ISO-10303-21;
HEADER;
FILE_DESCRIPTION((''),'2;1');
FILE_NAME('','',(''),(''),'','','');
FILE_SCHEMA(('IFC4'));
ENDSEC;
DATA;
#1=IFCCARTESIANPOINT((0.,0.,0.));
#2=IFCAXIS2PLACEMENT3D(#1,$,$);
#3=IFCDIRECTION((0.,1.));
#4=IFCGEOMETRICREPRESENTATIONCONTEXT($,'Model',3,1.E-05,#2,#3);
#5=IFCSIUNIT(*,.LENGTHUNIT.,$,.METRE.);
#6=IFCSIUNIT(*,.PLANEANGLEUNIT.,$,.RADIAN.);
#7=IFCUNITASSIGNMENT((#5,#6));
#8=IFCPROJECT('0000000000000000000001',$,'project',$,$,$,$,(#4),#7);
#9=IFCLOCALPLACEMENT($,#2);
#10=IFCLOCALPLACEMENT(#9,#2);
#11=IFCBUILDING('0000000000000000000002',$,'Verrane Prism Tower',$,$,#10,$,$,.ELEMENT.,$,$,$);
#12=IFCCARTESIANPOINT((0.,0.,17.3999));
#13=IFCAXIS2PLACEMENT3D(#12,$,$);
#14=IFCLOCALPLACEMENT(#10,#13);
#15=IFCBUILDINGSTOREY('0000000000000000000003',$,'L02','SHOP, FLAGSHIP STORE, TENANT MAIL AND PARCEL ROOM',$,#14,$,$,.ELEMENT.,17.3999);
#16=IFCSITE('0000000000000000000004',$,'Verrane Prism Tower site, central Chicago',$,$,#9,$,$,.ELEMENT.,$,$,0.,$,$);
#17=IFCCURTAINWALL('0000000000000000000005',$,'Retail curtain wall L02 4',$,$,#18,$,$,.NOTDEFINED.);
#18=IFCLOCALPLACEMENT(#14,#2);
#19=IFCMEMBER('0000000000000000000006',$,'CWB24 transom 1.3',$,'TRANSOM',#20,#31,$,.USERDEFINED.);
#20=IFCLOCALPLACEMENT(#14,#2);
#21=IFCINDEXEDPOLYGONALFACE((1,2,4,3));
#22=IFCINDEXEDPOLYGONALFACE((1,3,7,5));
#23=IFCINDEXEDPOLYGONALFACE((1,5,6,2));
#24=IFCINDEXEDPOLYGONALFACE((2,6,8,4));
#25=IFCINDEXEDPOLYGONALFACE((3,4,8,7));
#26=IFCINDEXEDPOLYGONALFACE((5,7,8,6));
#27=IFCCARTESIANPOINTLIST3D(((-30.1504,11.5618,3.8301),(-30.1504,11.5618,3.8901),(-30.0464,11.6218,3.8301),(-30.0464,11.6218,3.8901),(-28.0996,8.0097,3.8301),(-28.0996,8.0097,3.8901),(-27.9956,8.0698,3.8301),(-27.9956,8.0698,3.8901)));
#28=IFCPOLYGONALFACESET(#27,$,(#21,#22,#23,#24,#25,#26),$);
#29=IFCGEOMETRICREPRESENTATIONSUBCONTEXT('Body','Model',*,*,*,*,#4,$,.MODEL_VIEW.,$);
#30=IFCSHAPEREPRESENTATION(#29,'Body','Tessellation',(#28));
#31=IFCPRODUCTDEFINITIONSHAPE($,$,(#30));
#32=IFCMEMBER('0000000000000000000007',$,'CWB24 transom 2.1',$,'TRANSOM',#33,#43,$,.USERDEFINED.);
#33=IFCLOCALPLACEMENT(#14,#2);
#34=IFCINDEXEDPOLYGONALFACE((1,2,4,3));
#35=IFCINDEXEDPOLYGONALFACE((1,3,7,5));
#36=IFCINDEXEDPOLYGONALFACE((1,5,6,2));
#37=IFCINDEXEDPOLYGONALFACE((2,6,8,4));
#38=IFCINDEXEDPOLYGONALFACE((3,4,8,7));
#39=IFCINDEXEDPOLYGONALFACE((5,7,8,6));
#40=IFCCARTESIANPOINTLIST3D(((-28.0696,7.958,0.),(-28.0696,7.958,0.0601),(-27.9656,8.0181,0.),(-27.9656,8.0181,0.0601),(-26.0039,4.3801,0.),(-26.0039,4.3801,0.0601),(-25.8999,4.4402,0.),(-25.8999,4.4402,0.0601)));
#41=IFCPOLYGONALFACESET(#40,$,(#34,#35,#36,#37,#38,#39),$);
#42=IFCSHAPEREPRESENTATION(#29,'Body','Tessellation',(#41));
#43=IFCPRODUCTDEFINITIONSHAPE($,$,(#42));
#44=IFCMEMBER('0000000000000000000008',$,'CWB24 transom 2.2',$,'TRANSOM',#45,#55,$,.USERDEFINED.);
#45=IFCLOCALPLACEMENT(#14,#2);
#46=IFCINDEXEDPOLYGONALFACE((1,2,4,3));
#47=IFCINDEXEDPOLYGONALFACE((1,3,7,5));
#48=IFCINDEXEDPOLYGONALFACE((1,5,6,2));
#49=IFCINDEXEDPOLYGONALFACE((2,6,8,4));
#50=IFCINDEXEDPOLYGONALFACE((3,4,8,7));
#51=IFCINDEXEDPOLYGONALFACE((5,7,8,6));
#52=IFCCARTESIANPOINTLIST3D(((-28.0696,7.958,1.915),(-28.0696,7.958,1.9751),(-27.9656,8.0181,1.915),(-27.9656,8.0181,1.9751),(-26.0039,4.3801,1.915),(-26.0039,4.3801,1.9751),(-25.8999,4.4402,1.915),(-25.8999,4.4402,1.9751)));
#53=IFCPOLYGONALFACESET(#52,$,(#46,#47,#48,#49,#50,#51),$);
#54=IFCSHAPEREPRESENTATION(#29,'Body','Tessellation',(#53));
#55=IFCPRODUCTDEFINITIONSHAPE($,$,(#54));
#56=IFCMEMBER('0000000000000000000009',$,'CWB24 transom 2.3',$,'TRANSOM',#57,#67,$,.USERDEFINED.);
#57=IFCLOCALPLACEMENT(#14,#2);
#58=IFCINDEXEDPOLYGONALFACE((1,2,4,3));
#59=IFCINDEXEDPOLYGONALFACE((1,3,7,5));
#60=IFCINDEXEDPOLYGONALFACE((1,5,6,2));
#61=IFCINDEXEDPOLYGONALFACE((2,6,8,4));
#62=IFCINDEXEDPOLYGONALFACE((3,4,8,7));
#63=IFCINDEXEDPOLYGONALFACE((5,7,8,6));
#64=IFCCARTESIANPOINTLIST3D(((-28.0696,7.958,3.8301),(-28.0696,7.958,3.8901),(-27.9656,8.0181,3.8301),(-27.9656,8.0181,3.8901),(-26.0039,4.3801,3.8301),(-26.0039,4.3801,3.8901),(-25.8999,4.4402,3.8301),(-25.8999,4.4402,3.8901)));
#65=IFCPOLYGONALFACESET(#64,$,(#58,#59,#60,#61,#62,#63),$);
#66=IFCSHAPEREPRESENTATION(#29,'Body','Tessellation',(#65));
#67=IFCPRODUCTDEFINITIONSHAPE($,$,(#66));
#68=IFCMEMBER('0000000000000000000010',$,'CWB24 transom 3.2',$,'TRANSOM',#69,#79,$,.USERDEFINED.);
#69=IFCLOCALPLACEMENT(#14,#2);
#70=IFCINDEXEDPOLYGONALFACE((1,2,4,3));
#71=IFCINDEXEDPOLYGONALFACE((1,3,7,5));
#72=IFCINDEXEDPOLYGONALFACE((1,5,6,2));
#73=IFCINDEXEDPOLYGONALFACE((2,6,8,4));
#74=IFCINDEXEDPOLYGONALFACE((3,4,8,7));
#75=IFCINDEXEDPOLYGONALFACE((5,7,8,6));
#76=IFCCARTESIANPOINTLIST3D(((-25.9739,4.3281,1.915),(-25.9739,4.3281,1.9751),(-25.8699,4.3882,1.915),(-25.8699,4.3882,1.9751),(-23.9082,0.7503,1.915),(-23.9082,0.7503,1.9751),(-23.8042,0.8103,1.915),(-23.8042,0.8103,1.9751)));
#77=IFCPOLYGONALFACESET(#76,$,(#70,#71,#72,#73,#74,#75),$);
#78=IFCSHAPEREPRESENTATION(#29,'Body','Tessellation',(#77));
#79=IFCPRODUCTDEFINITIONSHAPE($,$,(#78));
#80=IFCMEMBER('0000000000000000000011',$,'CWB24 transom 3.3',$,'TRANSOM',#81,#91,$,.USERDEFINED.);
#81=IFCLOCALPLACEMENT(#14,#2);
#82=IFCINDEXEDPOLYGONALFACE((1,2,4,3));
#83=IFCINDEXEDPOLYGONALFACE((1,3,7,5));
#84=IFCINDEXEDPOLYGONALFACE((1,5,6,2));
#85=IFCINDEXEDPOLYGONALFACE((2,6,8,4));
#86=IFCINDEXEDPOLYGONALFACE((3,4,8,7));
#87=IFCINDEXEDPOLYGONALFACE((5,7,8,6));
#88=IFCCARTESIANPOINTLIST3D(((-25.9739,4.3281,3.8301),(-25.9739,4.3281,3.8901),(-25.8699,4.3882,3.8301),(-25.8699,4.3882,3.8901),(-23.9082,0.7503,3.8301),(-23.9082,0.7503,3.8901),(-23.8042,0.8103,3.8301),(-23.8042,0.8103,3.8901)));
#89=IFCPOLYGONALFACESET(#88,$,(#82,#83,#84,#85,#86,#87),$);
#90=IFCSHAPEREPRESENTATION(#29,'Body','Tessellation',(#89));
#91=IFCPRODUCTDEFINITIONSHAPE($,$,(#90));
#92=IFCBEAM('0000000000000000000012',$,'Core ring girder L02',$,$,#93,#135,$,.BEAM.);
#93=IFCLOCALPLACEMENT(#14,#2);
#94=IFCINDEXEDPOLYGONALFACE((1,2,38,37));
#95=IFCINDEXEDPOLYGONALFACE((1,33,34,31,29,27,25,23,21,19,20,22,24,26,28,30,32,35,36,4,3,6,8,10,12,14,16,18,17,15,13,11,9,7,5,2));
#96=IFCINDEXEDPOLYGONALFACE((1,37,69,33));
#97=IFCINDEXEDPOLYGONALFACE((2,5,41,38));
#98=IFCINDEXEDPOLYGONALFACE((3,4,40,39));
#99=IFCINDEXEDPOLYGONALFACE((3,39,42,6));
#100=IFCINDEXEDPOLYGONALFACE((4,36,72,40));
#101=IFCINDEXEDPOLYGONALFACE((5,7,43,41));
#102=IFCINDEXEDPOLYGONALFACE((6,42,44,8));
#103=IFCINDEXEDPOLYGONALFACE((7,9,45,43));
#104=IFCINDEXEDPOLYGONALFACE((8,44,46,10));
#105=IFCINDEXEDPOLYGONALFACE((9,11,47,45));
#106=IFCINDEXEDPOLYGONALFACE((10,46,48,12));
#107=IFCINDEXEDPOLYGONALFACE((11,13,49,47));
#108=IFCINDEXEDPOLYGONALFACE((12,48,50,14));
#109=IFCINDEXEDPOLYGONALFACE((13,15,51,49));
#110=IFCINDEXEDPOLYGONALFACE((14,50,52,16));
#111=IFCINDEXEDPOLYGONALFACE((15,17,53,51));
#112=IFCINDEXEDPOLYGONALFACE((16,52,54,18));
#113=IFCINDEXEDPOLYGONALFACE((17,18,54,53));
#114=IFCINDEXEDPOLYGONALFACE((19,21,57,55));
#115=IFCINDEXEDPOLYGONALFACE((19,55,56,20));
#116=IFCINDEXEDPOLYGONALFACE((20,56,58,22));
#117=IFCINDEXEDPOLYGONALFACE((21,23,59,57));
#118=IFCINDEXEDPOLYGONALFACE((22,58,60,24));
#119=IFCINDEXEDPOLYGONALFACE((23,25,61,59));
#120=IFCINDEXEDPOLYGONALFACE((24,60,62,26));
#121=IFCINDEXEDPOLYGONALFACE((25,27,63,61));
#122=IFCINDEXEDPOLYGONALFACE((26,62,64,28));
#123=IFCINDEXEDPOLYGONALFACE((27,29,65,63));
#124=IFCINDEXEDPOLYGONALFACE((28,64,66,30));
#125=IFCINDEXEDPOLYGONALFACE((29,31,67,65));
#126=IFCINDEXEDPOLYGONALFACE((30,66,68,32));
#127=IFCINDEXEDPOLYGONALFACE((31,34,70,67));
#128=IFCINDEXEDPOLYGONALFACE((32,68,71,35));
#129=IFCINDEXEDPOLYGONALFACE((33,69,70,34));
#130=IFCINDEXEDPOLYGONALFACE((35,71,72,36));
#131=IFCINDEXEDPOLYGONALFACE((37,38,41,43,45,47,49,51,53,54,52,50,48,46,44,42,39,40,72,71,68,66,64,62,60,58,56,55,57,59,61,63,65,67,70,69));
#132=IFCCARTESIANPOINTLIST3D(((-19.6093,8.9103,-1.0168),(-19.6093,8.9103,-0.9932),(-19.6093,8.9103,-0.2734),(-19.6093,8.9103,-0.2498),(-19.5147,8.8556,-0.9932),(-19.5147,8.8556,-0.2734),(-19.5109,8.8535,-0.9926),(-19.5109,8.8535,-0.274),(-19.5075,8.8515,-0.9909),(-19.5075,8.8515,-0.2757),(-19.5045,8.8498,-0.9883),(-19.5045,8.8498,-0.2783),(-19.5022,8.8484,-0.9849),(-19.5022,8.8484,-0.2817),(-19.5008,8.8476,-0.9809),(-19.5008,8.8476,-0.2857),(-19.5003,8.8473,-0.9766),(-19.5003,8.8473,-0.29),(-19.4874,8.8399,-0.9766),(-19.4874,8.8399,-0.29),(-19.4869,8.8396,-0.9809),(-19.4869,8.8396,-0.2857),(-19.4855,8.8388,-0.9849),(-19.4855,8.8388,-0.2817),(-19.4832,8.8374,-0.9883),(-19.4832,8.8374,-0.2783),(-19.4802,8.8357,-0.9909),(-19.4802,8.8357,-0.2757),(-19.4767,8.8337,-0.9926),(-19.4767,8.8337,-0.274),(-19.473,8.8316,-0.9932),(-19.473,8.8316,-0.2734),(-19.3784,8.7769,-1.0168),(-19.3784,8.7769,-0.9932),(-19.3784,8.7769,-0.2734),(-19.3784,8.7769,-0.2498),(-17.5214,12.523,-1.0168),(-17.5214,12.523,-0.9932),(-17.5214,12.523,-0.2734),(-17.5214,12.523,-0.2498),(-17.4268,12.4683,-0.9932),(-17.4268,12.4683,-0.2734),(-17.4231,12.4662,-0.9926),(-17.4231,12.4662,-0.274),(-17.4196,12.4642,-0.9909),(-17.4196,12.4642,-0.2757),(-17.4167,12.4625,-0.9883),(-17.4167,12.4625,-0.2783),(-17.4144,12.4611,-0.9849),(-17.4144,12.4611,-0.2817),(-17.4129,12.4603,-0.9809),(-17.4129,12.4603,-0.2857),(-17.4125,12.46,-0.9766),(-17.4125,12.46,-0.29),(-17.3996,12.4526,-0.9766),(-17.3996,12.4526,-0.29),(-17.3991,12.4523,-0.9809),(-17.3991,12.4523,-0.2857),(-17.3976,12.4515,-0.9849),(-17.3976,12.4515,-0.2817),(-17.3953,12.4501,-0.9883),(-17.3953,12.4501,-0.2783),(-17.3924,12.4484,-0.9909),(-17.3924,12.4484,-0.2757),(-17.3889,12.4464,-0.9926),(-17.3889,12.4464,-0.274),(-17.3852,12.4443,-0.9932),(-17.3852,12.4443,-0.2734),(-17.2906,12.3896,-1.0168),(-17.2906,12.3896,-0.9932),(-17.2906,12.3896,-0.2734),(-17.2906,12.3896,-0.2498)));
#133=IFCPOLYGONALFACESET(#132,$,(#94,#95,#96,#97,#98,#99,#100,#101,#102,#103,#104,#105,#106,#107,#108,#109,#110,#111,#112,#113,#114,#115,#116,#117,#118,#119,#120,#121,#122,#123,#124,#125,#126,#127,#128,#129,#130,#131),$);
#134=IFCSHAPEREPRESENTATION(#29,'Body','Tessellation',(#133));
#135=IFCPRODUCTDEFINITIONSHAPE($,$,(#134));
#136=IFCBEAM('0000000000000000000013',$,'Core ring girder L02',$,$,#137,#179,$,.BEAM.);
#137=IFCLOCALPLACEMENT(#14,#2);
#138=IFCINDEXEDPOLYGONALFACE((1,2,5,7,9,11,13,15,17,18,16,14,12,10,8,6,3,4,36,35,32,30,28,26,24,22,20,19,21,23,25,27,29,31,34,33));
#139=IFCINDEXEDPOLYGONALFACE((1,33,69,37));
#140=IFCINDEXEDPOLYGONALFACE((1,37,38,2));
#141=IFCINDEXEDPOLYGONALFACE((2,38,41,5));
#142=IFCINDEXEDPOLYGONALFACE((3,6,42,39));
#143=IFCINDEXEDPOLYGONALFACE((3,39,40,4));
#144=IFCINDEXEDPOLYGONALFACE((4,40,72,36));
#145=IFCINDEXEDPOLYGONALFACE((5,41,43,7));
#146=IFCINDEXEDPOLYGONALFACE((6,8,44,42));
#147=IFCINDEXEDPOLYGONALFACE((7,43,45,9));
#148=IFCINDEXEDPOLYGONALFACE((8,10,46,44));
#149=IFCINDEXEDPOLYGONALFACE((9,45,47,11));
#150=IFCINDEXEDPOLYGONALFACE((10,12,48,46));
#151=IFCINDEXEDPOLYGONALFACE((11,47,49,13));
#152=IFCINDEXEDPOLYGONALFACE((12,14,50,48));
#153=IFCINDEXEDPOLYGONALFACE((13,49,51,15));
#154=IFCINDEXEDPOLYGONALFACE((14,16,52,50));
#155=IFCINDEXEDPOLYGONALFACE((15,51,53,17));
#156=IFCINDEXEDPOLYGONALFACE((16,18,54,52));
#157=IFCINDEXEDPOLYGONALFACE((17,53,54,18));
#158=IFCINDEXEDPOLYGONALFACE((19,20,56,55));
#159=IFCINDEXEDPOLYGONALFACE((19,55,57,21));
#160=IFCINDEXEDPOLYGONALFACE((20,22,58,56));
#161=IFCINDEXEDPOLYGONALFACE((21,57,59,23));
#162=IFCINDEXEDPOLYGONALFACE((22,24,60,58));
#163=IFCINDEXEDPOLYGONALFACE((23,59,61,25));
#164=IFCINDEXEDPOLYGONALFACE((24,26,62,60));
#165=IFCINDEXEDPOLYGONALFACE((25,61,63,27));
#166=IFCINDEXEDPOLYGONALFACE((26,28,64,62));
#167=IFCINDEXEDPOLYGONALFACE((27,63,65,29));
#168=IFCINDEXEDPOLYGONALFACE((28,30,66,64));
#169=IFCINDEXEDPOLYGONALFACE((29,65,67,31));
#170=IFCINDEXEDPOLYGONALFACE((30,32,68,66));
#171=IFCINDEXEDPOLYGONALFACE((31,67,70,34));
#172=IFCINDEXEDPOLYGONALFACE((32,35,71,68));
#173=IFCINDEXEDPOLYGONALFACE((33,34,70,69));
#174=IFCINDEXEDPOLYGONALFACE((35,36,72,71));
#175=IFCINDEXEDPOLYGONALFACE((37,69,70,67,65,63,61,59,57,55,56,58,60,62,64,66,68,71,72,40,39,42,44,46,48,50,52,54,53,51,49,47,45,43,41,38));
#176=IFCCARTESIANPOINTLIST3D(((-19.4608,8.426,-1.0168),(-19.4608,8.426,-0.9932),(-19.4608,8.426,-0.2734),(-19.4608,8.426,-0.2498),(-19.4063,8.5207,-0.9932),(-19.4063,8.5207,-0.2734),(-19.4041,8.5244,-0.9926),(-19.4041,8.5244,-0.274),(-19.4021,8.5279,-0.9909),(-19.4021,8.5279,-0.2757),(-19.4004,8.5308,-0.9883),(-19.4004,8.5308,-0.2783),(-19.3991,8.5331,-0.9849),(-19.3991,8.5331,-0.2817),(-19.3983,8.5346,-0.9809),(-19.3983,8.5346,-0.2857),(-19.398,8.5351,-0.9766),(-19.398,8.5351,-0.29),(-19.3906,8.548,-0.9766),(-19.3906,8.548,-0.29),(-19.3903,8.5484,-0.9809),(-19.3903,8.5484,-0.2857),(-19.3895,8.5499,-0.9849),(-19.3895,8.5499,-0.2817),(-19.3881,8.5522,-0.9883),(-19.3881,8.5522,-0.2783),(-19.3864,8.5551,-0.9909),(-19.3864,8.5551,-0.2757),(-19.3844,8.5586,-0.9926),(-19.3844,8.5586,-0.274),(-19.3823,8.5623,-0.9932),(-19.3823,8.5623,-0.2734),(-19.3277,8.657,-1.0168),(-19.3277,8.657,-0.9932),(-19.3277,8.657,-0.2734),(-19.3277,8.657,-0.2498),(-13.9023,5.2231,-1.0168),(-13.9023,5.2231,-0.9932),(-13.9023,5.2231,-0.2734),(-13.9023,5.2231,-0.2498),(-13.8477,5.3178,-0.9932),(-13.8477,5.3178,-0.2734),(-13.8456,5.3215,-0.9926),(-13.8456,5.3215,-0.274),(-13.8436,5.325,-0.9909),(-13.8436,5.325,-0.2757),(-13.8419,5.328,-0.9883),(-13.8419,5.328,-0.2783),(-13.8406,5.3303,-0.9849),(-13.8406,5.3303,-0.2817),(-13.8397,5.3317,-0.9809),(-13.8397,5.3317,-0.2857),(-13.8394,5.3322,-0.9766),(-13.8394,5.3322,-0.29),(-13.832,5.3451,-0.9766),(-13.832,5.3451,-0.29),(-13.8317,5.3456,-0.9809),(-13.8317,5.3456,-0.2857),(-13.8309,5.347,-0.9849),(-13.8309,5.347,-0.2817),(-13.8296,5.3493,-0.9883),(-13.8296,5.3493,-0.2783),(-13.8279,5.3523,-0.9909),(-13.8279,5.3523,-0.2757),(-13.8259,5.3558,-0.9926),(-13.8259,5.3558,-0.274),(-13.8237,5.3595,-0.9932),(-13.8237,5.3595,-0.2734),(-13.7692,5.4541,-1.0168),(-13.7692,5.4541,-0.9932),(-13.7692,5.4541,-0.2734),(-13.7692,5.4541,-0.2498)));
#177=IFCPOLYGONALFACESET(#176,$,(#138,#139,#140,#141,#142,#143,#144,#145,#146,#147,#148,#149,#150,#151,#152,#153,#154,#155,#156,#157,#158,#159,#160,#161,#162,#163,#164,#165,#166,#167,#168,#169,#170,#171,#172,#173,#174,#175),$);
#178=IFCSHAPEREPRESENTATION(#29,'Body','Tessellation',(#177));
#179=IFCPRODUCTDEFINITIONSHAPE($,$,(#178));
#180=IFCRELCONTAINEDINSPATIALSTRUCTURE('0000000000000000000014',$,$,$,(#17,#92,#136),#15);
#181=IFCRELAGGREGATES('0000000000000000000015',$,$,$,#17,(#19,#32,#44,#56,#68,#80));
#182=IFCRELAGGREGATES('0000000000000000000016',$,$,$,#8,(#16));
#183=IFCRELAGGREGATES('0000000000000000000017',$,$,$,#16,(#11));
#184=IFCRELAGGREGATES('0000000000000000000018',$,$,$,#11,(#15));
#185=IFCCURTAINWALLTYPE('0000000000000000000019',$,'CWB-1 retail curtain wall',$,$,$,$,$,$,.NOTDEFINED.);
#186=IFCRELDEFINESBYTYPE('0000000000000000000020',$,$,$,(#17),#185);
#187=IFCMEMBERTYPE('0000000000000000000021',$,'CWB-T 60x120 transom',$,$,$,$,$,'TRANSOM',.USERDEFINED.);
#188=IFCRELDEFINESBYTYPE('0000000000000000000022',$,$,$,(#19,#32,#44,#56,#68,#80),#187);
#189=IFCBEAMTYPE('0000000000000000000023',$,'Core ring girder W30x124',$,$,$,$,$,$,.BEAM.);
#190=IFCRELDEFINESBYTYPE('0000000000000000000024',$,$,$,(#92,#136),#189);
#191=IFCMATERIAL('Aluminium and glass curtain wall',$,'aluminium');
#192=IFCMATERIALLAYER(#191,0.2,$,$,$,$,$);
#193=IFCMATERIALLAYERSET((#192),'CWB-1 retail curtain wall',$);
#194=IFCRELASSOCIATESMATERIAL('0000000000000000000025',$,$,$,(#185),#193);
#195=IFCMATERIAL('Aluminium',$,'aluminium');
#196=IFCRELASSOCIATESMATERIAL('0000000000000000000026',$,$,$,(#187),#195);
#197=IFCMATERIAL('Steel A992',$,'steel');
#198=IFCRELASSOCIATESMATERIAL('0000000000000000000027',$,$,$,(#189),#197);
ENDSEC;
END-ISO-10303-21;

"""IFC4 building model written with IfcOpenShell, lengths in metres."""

from ifc_helpers import new_model, si_unit, direction, frame, origin, origin_2d, place, context, subcontext, project, spatial, rectangle, i_section, extrude, material, layer, layer_set, material_profile, profile_set, type_object, element, aggregate, save


model = new_model("IFC4")

# Units and contexts
model_context = context("Model", 3, precision=1e-05, world=origin(), true_north=direction((0.0, 1.0)))
body_context = subcontext(model_context, "Body", "Model", "MODEL_VIEW")
ifc_project = project(units=[si_unit("LENGTHUNIT", "METRE"), si_unit("PLANEANGLEUNIT", "RADIAN")], contexts=[model_context])

# Site, building, storey
site_placement = place(None, origin())
site = spatial("IfcSite", under=ifc_project, at=site_placement, Name="Verrane Prism Tower site, central Chicago", CompositionType="ELEMENT", RefElevation=0.0)
building_placement = place(site_placement, origin())
building = spatial("IfcBuilding", under=site, at=building_placement, Name="Verrane Prism Tower", CompositionType="ELEMENT")
storey_placement = place(building_placement, frame((0.0, 0.0, 17.3999)))
storey = spatial("IfcBuildingStorey", under=building, at=storey_placement, Name="L02", Description="SHOP, FLAGSHIP STORE, TENANT MAIL AND PARCEL ROOM", CompositionType="ELEMENT", Elevation=17.3999)

# Shared definitions
ifc_material_1 = material(Name="Aluminium and glass curtain wall", Category="aluminium")
ifc_layer_1 = layer(ifc_material_1, 0.2)
ifc_layer_set_1 = layer_set([ifc_layer_1], Name="CWB-1 retail curtain wall")
curtain_wall_type = type_object("IfcCurtainWallType", Name="CWB-1 retail curtain wall", PredefinedType="NOTDEFINED", material=ifc_layer_set_1)

# Curtain wall, members
curtain_wall_1_placement = place(storey_placement, origin())
curtain_wall_1 = element("IfcCurtainWall", 1, at=curtain_wall_1_placement, inside=storey, type_object=curtain_wall_type, Name="Retail curtain wall L02 4", PredefinedType="NOTDEFINED")
ifc_material_2 = material(Name="Aluminium", Category="aluminium")
ifc_material_profile_1 = material_profile(ifc_material_2, rectangle(XDim=0.1201, YDim=0.0601, at=origin_2d()), Name="CWB-T 60x120 transom")
ifc_profile_set_1 = profile_set([ifc_material_profile_1], Name="Aluminium")
member_type_1 = type_object("IfcMemberType", Name="CWB-T 60x120 transom", ElementType="TRANSOM", PredefinedType="USERDEFINED", material=ifc_profile_set_1)
member_1_placement = place(storey_placement, frame((-30.0984, 11.5918, 3.8601), z_axis=(0.500006, -0.866022, 0.0), x_axis=(0.866022, 0.500006, 0.0)))
member_1 = element("IfcMember", 2, at=member_1_placement, type_object=member_type_1, Name="CWB24 transom 1.3", ObjectType="TRANSOM", PredefinedType="USERDEFINED", context=body_context, shape_type="SweptSolid", body=[
    extrude(rectangle(XDim=0.1201, YDim=0.0601, at=origin_2d()), origin(), (0.0, 0.0, 1.0), 4.1016),
])
member_2_placement = place(storey_placement, frame((-28.0176, 7.988, 0.03), z_axis=(0.499997, -0.866027, 0.0), x_axis=(0.866027, 0.499997, 0.0)))
member_2 = element("IfcMember", 3, at=member_2_placement, type_object=member_type_1, Name="CWB24 transom 2.1", ObjectType="TRANSOM", PredefinedType="USERDEFINED", context=body_context, shape_type="SweptSolid", body=[
    extrude(rectangle(XDim=0.1201, YDim=0.0601, at=origin_2d()), origin(), (0.0, 0.0, 1.0), 4.1313),
])
member_3_placement = place(storey_placement, frame((-28.0176, 7.988, 1.9451), z_axis=(0.499997, -0.866027, 0.0), x_axis=(0.866027, 0.499997, 0.0)))
member_3 = element("IfcMember", 4, at=member_3_placement, type_object=member_type_1, Name="CWB24 transom 2.2", ObjectType="TRANSOM", PredefinedType="USERDEFINED", context=body_context, shape_type="SweptSolid", body=[
    extrude(rectangle(XDim=0.1201, YDim=0.0601, at=origin_2d()), origin(), (0.0, 0.0, 1.0), 4.1313),
])
member_4_placement = place(storey_placement, frame((-28.0176, 7.988, 3.8601), z_axis=(0.499997, -0.866027, 0.0), x_axis=(0.866027, 0.499997, 0.0)))
member_4 = element("IfcMember", 5, at=member_4_placement, type_object=member_type_1, Name="CWB24 transom 2.3", ObjectType="TRANSOM", PredefinedType="USERDEFINED", context=body_context, shape_type="SweptSolid", body=[
    extrude(rectangle(XDim=0.1201, YDim=0.0601, at=origin_2d()), origin(), (0.0, 0.0, 1.0), 4.1313),
])
member_5_placement = place(storey_placement, frame((-25.9219, 4.3582, 1.9451), z_axis=(0.499997, -0.866027, 0.0), x_axis=(0.866027, 0.499997, 0.0)))
member_5 = element("IfcMember", 6, at=member_5_placement, type_object=member_type_1, Name="CWB24 transom 3.2", ObjectType="TRANSOM", PredefinedType="USERDEFINED", context=body_context, shape_type="SweptSolid", body=[
    extrude(rectangle(XDim=0.1201, YDim=0.0601, at=origin_2d()), origin(), (0.0, 0.0, 1.0), 4.1313),
])
member_6_placement = place(storey_placement, frame((-25.9219, 4.3582, 3.8601), z_axis=(0.499997, -0.866027, 0.0), x_axis=(0.866027, 0.499997, 0.0)))
member_6 = element("IfcMember", 7, at=member_6_placement, type_object=member_type_1, Name="CWB24 transom 3.3", ObjectType="TRANSOM", PredefinedType="USERDEFINED", context=body_context, shape_type="SweptSolid", body=[
    extrude(rectangle(XDim=0.1201, YDim=0.0601, at=origin_2d()), origin(), (0.0, 0.0, 1.0), 4.1313),
])

# Beams
ifc_material_3 = material(Name="Steel A992", Category="steel")
ifc_material_profile_2 = material_profile(ifc_material_3, i_section(OverallWidth=0.2666, OverallDepth=0.7671, WebThickness=0.0149, FlangeThickness=0.0237, FilletRadius=0.0166, at=origin_2d()), Name="W30x124")
ifc_profile_set_2 = profile_set([ifc_material_profile_2], Name="Steel A992")
beam_type_1 = type_object("IfcBeamType", Name="Core ring girder W30x124", PredefinedType="BEAM", material=ifc_profile_set_2)
beam_1_placement = place(storey_placement, frame((-17.406, 12.4563, -0.6333), z_axis=(-0.500367, -0.865813, 0.0), x_axis=(0.865813, -0.500367, 0.0)))
element("IfcBeam", 8, at=beam_1_placement, inside=storey, type_object=beam_type_1, Name="Core ring girder L02", PredefinedType="BEAM", context=body_context, shape_type="SweptSolid", body=[
    extrude(i_section(OverallWidth=0.2666, OverallDepth=0.7671, WebThickness=0.0149, FlangeThickness=0.0237, FilletRadius=0.0166, at=origin_2d()), origin(), (0.0, 0.0, 1.0), 4.1726),
])
beam_2_placement = place(storey_placement, frame((-19.3943, 8.5415, -0.6333), z_axis=(0.866455, -0.499255, 0.0), x_axis=(0.499255, 0.866455, 0.0)))
element("IfcBeam", 9, at=beam_2_placement, inside=storey, type_object=beam_type_1, Name="Core ring girder L02", PredefinedType="BEAM", context=body_context, shape_type="SweptSolid", body=[
    extrude(i_section(OverallWidth=0.2666, OverallDepth=0.7671, WebThickness=0.0149, FlangeThickness=0.0237, FilletRadius=0.0166, at=origin_2d()), origin(), (0.0, 0.0, 1.0), 6.4153),
])

aggregate(curtain_wall_1, [member_1, member_2, member_3, member_4, member_5, member_6])

save(model, "model.ifc")
